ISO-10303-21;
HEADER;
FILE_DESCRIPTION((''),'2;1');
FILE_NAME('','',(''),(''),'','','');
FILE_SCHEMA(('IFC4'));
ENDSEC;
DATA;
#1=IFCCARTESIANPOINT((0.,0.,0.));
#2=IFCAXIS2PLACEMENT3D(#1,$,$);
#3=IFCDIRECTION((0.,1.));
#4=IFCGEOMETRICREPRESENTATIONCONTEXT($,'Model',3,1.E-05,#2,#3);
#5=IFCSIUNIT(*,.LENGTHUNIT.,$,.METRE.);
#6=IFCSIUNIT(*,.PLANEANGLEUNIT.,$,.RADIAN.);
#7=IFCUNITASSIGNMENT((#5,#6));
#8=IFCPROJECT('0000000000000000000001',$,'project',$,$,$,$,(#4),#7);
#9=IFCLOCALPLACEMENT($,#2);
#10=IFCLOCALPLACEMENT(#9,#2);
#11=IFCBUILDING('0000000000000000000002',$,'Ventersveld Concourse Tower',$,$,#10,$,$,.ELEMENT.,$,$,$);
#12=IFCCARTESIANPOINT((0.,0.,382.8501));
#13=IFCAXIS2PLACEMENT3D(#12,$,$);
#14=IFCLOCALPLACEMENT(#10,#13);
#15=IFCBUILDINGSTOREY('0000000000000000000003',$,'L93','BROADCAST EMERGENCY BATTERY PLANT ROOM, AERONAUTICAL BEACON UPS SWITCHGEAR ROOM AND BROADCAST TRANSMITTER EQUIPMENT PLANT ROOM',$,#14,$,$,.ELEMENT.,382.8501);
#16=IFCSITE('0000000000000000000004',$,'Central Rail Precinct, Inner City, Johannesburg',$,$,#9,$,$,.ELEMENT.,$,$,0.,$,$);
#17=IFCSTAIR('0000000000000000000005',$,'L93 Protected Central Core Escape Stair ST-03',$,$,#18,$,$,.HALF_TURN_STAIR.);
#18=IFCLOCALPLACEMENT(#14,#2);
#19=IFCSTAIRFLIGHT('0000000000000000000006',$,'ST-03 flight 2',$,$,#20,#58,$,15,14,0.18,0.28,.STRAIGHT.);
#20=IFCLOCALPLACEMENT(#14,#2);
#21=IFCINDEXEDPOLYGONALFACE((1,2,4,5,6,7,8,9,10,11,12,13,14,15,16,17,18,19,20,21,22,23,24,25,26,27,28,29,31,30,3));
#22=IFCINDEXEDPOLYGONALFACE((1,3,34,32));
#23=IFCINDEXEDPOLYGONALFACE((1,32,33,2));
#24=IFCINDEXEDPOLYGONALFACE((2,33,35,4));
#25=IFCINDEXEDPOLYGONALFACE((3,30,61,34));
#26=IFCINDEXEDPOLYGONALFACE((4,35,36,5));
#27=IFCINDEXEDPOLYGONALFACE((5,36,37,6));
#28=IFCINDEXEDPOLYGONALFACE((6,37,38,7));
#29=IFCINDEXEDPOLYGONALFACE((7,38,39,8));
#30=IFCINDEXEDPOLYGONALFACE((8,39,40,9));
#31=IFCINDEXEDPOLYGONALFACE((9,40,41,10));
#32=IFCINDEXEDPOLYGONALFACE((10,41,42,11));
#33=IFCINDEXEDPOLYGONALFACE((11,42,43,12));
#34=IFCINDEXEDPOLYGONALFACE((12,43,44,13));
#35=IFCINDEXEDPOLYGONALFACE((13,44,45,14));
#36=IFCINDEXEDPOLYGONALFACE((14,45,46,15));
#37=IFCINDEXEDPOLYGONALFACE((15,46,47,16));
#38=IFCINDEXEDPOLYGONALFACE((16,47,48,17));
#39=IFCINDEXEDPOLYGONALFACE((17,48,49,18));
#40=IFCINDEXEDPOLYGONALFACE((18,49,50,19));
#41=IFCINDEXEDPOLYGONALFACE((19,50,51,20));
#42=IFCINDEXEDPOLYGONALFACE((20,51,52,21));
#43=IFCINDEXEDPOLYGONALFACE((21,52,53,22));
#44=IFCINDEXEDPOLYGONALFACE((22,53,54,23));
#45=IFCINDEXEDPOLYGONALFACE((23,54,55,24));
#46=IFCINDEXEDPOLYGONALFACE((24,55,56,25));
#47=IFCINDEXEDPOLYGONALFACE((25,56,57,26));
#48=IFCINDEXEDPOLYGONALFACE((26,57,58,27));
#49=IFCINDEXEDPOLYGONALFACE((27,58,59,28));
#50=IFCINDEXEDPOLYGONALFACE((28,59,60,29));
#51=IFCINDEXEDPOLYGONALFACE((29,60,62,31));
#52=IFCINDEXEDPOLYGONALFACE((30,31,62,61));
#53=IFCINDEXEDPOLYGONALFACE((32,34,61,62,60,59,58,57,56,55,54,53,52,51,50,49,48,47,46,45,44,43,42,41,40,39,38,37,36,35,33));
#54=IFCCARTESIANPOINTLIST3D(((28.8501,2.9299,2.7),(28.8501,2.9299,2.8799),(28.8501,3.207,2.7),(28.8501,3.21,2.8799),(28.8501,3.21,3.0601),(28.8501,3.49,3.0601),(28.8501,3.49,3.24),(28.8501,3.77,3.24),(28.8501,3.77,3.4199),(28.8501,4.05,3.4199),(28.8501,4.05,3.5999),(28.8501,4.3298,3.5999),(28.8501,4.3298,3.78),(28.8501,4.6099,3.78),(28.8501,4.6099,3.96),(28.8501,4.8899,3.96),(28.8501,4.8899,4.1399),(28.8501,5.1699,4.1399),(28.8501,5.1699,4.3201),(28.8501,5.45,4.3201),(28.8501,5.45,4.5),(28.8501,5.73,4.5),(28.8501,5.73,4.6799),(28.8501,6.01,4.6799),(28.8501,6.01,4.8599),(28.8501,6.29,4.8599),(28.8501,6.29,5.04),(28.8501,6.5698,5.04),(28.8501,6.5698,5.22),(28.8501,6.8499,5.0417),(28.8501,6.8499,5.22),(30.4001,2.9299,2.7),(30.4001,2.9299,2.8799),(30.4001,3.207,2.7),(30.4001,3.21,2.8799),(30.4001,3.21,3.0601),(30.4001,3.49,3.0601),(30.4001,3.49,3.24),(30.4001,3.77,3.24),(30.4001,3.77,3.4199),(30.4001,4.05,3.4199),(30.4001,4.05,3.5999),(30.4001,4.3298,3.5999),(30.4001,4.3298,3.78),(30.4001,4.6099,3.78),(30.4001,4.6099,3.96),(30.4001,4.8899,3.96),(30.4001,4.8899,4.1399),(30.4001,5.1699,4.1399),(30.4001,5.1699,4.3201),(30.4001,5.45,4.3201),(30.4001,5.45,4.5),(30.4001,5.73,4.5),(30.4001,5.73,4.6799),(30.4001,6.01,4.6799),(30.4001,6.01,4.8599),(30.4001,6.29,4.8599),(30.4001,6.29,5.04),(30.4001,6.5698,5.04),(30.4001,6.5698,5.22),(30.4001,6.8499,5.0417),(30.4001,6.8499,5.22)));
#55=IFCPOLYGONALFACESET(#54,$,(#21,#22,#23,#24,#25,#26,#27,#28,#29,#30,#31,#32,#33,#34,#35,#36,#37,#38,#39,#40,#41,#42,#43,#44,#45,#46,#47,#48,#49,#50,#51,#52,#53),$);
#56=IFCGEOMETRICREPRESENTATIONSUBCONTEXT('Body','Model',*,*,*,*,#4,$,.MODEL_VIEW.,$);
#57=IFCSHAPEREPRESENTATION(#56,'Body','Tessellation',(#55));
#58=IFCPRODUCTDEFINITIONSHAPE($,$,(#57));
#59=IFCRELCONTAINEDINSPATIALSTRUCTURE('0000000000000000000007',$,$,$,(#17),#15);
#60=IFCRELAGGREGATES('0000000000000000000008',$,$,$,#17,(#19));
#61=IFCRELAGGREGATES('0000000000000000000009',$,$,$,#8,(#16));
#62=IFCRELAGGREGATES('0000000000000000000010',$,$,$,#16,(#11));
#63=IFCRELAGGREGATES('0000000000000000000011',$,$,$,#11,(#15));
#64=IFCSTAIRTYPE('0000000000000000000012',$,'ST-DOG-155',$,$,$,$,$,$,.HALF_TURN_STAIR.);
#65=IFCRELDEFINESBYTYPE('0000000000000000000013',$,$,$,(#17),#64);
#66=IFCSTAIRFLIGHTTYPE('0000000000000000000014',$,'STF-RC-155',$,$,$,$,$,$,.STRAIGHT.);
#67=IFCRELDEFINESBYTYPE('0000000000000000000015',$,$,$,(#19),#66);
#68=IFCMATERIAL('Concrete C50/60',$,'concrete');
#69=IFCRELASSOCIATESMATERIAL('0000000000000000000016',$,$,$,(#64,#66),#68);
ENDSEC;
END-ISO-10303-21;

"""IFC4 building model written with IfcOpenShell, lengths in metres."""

from ifc_helpers import new_model, si_unit, direction, frame, origin, place, context, subcontext, project, spatial, polyline, outline, extrude, material, type_object, element, aggregate, save


model = new_model("IFC4")

# Units and contexts
model_context = context("Model", 3, precision=1e-05, world=origin(), true_north=direction((0.0, 1.0)))
body_context = subcontext(model_context, "Body", "Model", "MODEL_VIEW")
ifc_project = project(units=[si_unit("LENGTHUNIT", "METRE"), si_unit("PLANEANGLEUNIT", "RADIAN")], contexts=[model_context])

# Site, building, storey
site_placement = place(None, origin())
site = spatial("IfcSite", under=ifc_project, at=site_placement, Name="Central Rail Precinct, Inner City, Johannesburg", CompositionType="ELEMENT", RefElevation=0.0)
building_placement = place(site_placement, origin())
building = spatial("IfcBuilding", under=site, at=building_placement, Name="Ventersveld Concourse Tower", CompositionType="ELEMENT")
storey_placement = place(building_placement, frame((0.0, 0.0, 382.8501)))
storey = spatial("IfcBuildingStorey", under=building, at=storey_placement, Name="L93", Description="BROADCAST EMERGENCY BATTERY PLANT ROOM, AERONAUTICAL BEACON UPS SWITCHGEAR ROOM AND BROADCAST TRANSMITTER EQUIPMENT PLANT ROOM", CompositionType="ELEMENT", Elevation=382.8501)

# Shared definitions
ifc_material_1 = material(Name="Concrete C50/60", Category="concrete")

# Stair, stair flight
stair_type = type_object("IfcStairType", Name="ST-DOG-155", PredefinedType="HALF_TURN_STAIR", material=ifc_material_1)
stair_placement = place(storey_placement, origin())
stair = element("IfcStair", 1, at=stair_placement, inside=storey, type_object=stair_type, Name="L93 Protected Central Core Escape Stair ST-03", PredefinedType="HALF_TURN_STAIR")
stair_flight_type = type_object("IfcStairFlightType", Name="STF-RC-155", PredefinedType="STRAIGHT", material=ifc_material_1)
stair_flight_placement = place(storey_placement, frame((29.625, 2.9299, 2.7), z_axis=(0.0, 0.0, 1.0), x_axis=(0.0, 1.0, 0.0)))
stair_flight = element("IfcStairFlight", 2, at=stair_flight_placement, type_object=stair_flight_type, Name="ST-03 flight 2", NumberOfRisers=15, NumberOfTreads=14, PredefinedType="STRAIGHT", RiserHeight=0.18, TreadLength=0.28, context=body_context, shape_type="SweptSolid", body=[
    extrude(outline(polyline([(0.0, 0.0), (0.0, 0.1799), (0.28, 0.1799), (0.28, 0.3601), (0.5601, 0.3601), (0.5601, 0.54), (0.8401, 0.54), (0.8401, 0.72), (1.1201, 0.72), (1.1201, 0.8999), (1.3999, 0.8999), (1.3999, 1.0801), (1.6799, 1.0801), (1.6799, 1.26), (1.96, 1.26), (1.96, 1.4399), (2.24, 1.4399), (2.24, 1.6201), (2.52, 1.6201), (2.52, 1.8), (2.8, 1.8), (2.8, 1.98), (3.0801, 1.98), (3.0801, 2.1599), (3.3601, 2.1599), (3.3601, 2.3401), (3.6399, 2.3401), (3.6399, 2.52), (3.9199, 2.52), (3.9199, 2.7), (3.9199, 2.3418), (0.2771, 0.0), (0.0, 0.0)])), frame((0.0, 0.7749, 0.0), z_axis=(0.0, -1.0, 0.0), x_axis=(1.0, 0.0, 0.0)), (0.0, 0.0, 1.0), 1.55),
])
aggregate(stair, [stair_flight])

save(model, "model.ifc")
